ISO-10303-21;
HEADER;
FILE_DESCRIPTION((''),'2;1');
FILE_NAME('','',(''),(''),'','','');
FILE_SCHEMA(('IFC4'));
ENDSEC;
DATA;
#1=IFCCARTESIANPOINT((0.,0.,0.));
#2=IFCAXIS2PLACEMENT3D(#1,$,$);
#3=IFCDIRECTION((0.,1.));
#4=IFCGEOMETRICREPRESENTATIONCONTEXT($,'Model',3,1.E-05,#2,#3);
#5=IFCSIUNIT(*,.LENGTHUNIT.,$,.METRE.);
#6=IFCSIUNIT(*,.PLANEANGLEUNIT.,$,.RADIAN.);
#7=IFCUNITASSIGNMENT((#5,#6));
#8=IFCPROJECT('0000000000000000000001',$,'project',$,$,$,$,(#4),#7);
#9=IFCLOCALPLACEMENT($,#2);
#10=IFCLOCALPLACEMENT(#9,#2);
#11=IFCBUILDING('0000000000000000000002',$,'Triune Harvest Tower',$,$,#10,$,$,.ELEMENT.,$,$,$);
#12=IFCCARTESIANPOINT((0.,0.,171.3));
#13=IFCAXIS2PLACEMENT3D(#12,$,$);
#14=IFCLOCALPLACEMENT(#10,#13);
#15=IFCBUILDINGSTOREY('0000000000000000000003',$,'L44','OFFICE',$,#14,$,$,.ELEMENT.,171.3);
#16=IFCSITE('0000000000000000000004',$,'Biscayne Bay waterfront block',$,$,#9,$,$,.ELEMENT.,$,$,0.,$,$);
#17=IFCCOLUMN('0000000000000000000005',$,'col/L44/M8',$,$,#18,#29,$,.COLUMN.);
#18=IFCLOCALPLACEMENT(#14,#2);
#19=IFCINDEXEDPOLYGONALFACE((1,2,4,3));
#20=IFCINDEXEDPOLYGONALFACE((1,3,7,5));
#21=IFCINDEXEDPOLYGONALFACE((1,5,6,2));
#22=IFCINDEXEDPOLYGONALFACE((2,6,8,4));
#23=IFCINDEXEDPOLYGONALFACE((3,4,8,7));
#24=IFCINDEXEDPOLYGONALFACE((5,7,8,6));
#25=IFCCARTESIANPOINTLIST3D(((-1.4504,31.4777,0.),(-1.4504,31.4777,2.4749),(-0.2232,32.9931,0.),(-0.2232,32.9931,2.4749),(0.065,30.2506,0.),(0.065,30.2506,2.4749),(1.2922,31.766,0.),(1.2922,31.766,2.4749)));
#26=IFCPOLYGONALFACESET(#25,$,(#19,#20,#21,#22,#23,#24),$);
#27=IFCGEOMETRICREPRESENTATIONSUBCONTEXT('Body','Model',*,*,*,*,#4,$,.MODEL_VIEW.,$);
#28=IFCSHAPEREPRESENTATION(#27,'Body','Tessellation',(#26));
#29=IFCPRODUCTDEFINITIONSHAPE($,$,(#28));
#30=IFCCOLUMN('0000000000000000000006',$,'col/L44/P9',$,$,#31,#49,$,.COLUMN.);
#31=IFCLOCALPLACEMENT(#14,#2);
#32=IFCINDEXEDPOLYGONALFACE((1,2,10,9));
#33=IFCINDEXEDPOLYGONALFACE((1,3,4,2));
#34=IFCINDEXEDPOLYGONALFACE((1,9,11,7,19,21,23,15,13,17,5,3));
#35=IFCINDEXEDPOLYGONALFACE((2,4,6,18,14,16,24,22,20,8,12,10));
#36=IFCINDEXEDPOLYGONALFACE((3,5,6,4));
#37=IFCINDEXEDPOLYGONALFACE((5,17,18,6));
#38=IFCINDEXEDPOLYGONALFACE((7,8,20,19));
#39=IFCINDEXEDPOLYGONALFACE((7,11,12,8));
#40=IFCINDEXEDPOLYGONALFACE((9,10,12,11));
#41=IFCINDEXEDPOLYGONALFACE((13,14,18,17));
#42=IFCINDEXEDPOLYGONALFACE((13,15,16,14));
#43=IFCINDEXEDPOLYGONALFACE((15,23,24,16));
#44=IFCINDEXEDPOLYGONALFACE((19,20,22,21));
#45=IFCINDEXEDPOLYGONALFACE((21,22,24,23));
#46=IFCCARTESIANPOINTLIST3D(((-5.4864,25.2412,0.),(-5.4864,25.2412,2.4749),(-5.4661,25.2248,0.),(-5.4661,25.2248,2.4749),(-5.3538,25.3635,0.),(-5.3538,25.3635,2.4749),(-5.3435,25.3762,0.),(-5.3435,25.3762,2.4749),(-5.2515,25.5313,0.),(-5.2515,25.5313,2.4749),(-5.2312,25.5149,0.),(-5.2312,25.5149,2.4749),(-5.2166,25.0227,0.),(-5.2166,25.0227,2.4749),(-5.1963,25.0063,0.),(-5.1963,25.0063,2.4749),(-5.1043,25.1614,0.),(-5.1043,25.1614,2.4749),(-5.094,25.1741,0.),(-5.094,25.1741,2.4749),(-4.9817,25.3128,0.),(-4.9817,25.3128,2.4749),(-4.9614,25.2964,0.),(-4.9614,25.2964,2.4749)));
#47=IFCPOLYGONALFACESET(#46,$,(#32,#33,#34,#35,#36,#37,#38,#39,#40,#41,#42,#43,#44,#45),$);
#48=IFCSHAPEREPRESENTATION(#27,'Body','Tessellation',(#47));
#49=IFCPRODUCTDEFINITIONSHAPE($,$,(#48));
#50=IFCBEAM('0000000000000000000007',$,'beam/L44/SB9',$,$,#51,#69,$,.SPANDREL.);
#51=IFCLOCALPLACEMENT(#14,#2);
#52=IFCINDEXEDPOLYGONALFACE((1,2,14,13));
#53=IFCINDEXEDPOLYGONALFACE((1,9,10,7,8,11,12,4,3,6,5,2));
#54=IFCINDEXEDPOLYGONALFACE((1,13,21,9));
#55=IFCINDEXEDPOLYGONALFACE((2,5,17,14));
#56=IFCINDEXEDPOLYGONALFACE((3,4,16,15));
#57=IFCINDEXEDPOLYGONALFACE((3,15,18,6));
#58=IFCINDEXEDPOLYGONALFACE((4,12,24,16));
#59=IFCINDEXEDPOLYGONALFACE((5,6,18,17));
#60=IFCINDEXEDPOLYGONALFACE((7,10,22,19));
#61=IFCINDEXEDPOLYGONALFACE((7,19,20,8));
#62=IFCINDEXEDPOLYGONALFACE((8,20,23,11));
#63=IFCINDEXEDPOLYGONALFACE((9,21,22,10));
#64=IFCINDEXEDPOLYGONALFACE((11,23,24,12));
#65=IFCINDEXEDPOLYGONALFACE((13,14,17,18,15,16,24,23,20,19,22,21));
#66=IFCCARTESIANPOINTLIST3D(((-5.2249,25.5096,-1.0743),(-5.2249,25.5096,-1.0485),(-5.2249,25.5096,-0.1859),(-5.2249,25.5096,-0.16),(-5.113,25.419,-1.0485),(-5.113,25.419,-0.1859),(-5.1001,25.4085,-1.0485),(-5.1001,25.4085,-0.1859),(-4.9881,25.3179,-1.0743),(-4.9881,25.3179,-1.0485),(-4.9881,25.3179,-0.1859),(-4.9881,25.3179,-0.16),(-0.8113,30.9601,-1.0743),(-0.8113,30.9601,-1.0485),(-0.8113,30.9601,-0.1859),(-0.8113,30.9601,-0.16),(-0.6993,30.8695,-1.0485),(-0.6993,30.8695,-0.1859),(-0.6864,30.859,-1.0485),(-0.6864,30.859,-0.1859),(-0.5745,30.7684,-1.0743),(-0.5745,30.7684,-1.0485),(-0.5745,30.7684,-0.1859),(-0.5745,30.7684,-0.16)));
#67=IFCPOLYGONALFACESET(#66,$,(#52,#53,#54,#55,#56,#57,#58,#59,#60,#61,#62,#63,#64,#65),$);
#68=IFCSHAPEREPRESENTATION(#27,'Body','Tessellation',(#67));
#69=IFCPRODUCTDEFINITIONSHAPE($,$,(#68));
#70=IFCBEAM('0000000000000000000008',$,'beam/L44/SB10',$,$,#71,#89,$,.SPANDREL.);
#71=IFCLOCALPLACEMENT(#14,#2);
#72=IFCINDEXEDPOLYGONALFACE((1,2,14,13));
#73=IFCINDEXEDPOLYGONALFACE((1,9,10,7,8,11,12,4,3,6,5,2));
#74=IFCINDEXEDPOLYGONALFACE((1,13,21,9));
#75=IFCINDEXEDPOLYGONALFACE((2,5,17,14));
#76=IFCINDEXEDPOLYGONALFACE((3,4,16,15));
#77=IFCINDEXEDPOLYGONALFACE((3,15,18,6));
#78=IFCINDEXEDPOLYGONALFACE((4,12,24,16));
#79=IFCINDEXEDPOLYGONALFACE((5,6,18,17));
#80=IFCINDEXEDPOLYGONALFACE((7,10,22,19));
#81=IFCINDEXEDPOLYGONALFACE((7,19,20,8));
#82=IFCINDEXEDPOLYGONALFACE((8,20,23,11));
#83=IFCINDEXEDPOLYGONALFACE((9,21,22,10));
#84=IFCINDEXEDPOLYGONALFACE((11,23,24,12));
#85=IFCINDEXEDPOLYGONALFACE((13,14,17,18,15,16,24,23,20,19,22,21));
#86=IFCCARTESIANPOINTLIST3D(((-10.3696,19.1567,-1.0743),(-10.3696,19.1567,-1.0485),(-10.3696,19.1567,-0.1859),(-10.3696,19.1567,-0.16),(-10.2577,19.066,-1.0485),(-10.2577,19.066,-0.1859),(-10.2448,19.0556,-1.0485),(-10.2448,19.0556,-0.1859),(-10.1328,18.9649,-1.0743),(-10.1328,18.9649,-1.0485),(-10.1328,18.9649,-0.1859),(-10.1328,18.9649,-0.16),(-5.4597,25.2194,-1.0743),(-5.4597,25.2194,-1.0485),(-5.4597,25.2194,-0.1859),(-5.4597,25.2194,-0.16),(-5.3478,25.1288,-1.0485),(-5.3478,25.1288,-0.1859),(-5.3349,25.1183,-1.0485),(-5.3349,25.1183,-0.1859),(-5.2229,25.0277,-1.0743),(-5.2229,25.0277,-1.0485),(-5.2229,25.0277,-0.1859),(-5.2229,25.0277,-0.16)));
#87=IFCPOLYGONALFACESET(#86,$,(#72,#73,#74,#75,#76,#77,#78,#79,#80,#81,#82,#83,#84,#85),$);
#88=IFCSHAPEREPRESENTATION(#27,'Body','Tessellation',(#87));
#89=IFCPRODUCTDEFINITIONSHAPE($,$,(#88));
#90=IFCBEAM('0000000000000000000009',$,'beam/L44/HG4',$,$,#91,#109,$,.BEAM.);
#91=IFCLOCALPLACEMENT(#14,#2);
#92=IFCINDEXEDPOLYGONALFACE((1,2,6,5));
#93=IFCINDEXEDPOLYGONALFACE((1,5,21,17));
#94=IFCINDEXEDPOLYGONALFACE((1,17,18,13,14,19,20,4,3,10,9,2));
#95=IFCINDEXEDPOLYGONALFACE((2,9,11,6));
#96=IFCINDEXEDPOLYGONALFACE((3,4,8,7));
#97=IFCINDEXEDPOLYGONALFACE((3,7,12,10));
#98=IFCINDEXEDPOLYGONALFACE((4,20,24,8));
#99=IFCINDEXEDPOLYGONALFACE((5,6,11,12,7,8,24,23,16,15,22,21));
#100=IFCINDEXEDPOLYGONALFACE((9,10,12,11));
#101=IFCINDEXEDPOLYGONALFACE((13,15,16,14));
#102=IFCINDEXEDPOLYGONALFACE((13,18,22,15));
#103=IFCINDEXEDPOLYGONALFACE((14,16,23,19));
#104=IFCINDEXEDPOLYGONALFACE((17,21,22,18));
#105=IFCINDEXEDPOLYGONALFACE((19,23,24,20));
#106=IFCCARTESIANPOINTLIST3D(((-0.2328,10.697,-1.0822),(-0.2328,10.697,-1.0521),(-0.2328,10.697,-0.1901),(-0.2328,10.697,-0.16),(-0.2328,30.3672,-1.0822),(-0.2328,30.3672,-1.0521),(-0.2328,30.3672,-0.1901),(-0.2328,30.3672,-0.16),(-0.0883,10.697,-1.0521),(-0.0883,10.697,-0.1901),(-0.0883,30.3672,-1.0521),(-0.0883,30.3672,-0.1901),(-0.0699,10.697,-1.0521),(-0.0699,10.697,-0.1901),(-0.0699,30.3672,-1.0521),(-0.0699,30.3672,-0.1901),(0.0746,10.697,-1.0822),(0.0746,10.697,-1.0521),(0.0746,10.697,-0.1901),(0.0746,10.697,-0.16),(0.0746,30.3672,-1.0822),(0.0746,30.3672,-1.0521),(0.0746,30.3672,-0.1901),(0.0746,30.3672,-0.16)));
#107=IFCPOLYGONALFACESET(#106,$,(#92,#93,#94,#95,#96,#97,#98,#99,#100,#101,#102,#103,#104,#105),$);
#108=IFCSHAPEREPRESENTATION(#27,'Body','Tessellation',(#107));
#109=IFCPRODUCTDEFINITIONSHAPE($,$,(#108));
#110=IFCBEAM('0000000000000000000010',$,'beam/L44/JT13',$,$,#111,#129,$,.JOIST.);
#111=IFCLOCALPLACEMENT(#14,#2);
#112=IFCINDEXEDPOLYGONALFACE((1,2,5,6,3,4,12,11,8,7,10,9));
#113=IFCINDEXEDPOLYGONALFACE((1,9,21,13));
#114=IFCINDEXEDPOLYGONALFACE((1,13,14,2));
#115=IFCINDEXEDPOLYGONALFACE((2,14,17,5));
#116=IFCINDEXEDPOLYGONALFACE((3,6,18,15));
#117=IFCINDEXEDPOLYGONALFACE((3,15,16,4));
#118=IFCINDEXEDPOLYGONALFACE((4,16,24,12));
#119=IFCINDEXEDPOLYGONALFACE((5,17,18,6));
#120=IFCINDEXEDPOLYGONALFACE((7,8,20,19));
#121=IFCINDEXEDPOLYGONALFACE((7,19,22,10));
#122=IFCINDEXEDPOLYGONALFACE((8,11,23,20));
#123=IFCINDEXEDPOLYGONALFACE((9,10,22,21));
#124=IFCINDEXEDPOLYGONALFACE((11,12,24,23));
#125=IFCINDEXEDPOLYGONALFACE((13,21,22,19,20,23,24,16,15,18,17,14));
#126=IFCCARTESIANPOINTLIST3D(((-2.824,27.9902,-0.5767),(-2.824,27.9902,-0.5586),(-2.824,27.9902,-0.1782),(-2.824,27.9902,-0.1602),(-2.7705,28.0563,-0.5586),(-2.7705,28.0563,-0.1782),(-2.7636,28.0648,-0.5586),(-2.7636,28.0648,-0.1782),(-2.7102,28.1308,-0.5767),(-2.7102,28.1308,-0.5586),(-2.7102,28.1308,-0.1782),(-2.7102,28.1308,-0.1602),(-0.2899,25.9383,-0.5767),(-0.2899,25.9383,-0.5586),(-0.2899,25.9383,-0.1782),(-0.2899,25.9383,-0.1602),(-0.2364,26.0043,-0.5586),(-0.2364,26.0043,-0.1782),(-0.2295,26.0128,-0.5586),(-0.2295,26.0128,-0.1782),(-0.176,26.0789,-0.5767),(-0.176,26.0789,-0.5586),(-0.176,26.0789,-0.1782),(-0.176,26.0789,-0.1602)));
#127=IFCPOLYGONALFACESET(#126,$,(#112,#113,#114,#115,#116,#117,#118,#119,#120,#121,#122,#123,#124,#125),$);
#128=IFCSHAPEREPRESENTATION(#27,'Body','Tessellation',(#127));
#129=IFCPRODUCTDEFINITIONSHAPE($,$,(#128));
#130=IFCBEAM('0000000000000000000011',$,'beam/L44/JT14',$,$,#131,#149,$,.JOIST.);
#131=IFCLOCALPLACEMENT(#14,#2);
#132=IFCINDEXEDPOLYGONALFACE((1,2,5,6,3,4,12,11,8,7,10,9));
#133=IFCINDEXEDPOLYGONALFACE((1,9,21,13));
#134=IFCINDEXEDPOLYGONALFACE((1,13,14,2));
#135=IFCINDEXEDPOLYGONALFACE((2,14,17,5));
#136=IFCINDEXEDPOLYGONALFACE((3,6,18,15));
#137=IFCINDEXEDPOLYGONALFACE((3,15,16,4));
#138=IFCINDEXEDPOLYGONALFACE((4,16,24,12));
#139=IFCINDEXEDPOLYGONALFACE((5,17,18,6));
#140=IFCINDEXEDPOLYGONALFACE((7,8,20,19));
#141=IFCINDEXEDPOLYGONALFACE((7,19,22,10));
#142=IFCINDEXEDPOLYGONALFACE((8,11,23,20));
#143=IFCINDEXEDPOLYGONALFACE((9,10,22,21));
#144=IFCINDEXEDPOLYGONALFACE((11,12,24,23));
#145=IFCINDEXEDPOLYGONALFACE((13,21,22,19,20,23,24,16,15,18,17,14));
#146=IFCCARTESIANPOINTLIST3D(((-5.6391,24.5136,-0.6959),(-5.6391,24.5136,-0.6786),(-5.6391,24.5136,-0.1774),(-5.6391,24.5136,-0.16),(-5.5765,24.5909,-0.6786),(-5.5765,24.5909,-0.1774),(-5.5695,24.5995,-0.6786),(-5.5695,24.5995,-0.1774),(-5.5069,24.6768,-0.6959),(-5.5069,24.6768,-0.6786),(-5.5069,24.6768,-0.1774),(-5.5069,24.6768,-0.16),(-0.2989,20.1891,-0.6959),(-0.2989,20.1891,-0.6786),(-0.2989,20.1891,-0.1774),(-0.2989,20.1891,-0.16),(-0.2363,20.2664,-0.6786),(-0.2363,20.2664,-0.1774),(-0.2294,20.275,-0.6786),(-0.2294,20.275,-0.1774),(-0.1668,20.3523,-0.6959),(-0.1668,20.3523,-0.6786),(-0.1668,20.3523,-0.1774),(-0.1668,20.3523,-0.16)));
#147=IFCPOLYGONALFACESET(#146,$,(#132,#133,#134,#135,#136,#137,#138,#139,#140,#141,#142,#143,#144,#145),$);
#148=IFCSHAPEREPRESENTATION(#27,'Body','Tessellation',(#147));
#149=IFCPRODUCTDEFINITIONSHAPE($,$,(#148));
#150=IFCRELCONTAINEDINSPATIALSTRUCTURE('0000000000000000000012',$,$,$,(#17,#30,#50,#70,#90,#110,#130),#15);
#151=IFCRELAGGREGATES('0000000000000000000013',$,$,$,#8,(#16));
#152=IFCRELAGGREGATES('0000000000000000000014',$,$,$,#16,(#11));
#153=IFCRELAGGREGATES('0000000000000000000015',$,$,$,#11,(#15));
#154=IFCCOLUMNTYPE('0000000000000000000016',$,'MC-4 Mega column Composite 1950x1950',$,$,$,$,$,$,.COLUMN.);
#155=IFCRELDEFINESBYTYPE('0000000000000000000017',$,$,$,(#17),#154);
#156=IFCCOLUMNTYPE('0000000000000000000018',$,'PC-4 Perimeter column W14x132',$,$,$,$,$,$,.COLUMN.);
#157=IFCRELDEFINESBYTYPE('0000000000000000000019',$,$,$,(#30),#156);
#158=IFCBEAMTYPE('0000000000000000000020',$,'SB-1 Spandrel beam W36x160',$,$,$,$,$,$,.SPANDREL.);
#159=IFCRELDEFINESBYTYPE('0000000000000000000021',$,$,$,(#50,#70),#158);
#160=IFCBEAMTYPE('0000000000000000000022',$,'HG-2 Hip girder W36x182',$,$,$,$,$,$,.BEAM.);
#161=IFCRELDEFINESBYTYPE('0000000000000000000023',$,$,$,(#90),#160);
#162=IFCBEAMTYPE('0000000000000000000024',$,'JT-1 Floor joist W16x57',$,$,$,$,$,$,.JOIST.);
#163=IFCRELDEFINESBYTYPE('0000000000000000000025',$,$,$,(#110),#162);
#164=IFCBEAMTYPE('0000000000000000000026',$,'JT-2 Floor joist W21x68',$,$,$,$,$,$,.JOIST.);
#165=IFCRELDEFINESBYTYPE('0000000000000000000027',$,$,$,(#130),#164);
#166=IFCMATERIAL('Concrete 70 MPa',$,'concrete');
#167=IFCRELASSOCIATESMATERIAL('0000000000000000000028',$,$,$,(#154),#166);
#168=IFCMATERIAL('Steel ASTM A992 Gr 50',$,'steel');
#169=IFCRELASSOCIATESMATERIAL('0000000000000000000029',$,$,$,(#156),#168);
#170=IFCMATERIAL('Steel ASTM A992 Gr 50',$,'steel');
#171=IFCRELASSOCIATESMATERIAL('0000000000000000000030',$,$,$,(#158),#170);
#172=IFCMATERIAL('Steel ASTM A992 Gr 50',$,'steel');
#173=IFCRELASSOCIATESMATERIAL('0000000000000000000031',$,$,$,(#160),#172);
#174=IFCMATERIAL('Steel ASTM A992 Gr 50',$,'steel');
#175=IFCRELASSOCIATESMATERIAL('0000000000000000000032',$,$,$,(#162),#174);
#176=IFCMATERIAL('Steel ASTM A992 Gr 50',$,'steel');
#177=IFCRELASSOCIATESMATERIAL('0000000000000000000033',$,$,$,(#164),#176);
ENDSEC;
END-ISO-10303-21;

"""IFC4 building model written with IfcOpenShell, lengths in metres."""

from ifc_helpers import new_model, si_unit, direction, frame, origin, origin_2d, place, context, subcontext, project, spatial, rectangle, i_section, extrude, source, transform, mapped, material, material_profile, profile_set, type_object, element, save


model = new_model("IFC4")

# Units and contexts
model_context = context("Model", 3, precision=1e-05, world=origin(), true_north=direction((0.0, 1.0)))
body_context = subcontext(model_context, "Body", "Model", "MODEL_VIEW")
ifc_project = project(units=[si_unit("LENGTHUNIT", "METRE"), si_unit("PLANEANGLEUNIT", "RADIAN")], contexts=[model_context])

# Site, building, storey
site_placement = place(None, origin())
site = spatial("IfcSite", under=ifc_project, at=site_placement, Name="Biscayne Bay waterfront block", CompositionType="ELEMENT", RefElevation=0.0)
building_placement = place(site_placement, origin())
building = spatial("IfcBuilding", under=site, at=building_placement, Name="Triune Harvest Tower", CompositionType="ELEMENT")
storey_placement = place(building_placement, frame((0.0, 0.0, 171.3)))
storey = spatial("IfcBuildingStorey", under=building, at=storey_placement, Name="L44", Description="OFFICE", CompositionType="ELEMENT", Elevation=171.3)

# Columns
ifc_material_1 = material(Name="Concrete 70 MPa", Category="concrete")
ifc_material_profile_1 = material_profile(ifc_material_1, rectangle(XDim=1.95, YDim=1.95, at=origin_2d()), Name="Composite 1950x1950")
ifc_profile_set_1 = profile_set([ifc_material_profile_1], Name="Concrete 70 MPa")
column_type_1 = type_object("IfcColumnType", Name="MC-4 Mega column Composite 1950x1950", PredefinedType="COLUMN", material=ifc_profile_set_1)
shared_shape_1 = source(origin(), body_context, "Body", "SweptSolid", [
    extrude(rectangle(XDim=1.95, YDim=1.95, at=origin_2d()), origin(), (0.0, 0.0, 1.0), 2.4749),
])
column_1_placement = place(storey_placement, frame((-0.0791, 31.6218, 0.0), z_axis=(0.0, 0.0, 1.0), x_axis=(-0.629322, -0.777145, 0.0)))
element("IfcColumn", 1, at=column_1_placement, inside=storey, type_object=column_type_1, Name="col/L44/M8", PredefinedType="COLUMN", context=body_context, shape_type="MappedRepresentation", body=[
    mapped(shared_shape_1, transform((0.0, 0.0, 0.0), scale=1.0)),
])
ifc_material_2 = material(Name="Steel ASTM A992 Gr 50", Category="steel")
ifc_material_profile_2 = material_profile(ifc_material_2, i_section(OverallWidth=0.3733, OverallDepth=0.3733, WebThickness=0.0164, FlangeThickness=0.0261, at=origin_2d()), Name="W14x132")
ifc_profile_set_2 = profile_set([ifc_material_profile_2], Name="Steel ASTM A992 Gr 50")
column_type_2 = type_object("IfcColumnType", Name="PC-4 Perimeter column W14x132", PredefinedType="COLUMN", material=ifc_profile_set_2)
shared_shape_2 = source(origin(), body_context, "Body", "SweptSolid", [
    extrude(i_section(OverallWidth=0.3733, OverallDepth=0.3733, WebThickness=0.0164, FlangeThickness=0.0261, at=origin_2d()), origin(), (0.0, 0.0, 1.0), 2.4749),
])
column_2_placement = place(storey_placement, frame((-5.2239, 25.2688, 0.0), z_axis=(0.0, 0.0, 1.0), x_axis=(-0.629322, -0.777145, 0.0)))
element("IfcColumn", 2, at=column_2_placement, inside=storey, type_object=column_type_2, Name="col/L44/P9", PredefinedType="COLUMN", context=body_context, shape_type="MappedRepresentation", body=[
    mapped(shared_shape_2, transform((0.0, 0.0, 0.0), scale=1.0)),
])

# Beams
ifc_material_3 = material(Name="Steel ASTM A992 Gr 50", Category="steel")
ifc_material_profile_3 = material_profile(ifc_material_3, i_section(OverallWidth=0.3047, OverallDepth=0.9143, WebThickness=0.0166, FlangeThickness=0.0259, at=origin_2d()), Name="W36x160")
ifc_profile_set_3 = profile_set([ifc_material_profile_3], Name="Steel ASTM A992 Gr 50")
beam_type_1 = type_object("IfcBeamType", Name="SB-1 Spandrel beam W36x160", PredefinedType="SPANDREL", material=ifc_profile_set_3)
shared_shape_3 = source(origin(), body_context, "Body", "SweptSolid", [
    extrude(i_section(OverallWidth=0.3047, OverallDepth=0.9143, WebThickness=0.0166, FlangeThickness=0.0259, at=origin_2d()), origin(), (0.0, 0.0, 1.0), 7.0134),
])
beam_1_placement = place(storey_placement, frame((-0.6929, 30.8643, -0.6172), z_axis=(-0.629311, -0.777153, 0.0), x_axis=(0.777153, -0.629311, 0.0)))
element("IfcBeam", 3, at=beam_1_placement, inside=storey, type_object=beam_type_1, Name="beam/L44/SB9", PredefinedType="SPANDREL", context=body_context, shape_type="MappedRepresentation", body=[
    mapped(shared_shape_3, transform((0.0, 0.0, 0.0), scale=1.0)),
])
shared_shape_4 = source(origin(), body_context, "Body", "SweptSolid", [
    extrude(i_section(OverallWidth=0.3047, OverallDepth=0.9143, WebThickness=0.0166, FlangeThickness=0.0259, at=origin_2d()), origin(), (0.0, 0.0, 1.0), 7.8015),
])
beam_2_placement = place(storey_placement, frame((-5.3413, 25.1235, -0.6172), z_axis=(-0.629351, -0.777121, 0.0), x_axis=(0.777121, -0.629351, 0.0)))
element("IfcBeam", 4, at=beam_2_placement, inside=storey, type_object=beam_type_1, Name="beam/L44/SB10", PredefinedType="SPANDREL", context=body_context, shape_type="MappedRepresentation", body=[
    mapped(shared_shape_4, transform((0.0, 0.0, 0.0), scale=1.0)),
])
ifc_material_4 = material(Name="Steel ASTM A992 Gr 50", Category="steel")
ifc_material_profile_4 = material_profile(ifc_material_4, i_section(OverallWidth=0.3074, OverallDepth=0.9221, WebThickness=0.0183, FlangeThickness=0.03, at=origin_2d()), Name="W36x182")
ifc_profile_set_4 = profile_set([ifc_material_profile_4], Name="Steel ASTM A992 Gr 50")
beam_type_2 = type_object("IfcBeamType", Name="HG-2 Hip girder W36x182", PredefinedType="BEAM", material=ifc_profile_set_4)
shared_shape_5 = source(origin(), body_context, "Body", "SweptSolid", [
    extrude(i_section(OverallWidth=0.3074, OverallDepth=0.9221, WebThickness=0.0183, FlangeThickness=0.03, at=origin_2d()), origin(), (0.0, 0.0, 1.0), 19.6702),
])
beam_3_placement = place(storey_placement, frame((-0.0791, 30.3672, -0.6211), z_axis=(0.0, -1.0, 0.0), x_axis=(1.0, 0.0, 0.0)))
element("IfcBeam", 5, at=beam_3_placement, inside=storey, type_object=beam_type_2, Name="beam/L44/HG4", PredefinedType="BEAM", context=body_context, shape_type="MappedRepresentation", body=[
    mapped(shared_shape_5, transform((0.0, 0.0, 0.0), scale=1.0)),
])
ifc_material_5 = material(Name="Steel ASTM A992 Gr 50", Category="steel")
ifc_material_profile_5 = material_profile(ifc_material_5, i_section(OverallWidth=0.1809, OverallDepth=0.4165, WebThickness=0.011, FlangeThickness=0.0181, at=origin_2d()), Name="W16x57")
ifc_profile_set_5 = profile_set([ifc_material_profile_5], Name="Steel ASTM A992 Gr 50")
beam_type_3 = type_object("IfcBeamType", Name="JT-1 Floor joist W16x57", PredefinedType="JOIST", material=ifc_profile_set_5)
shared_shape_6 = source(origin(), body_context, "Body", "SweptSolid", [
    extrude(i_section(OverallWidth=0.1809, OverallDepth=0.4165, WebThickness=0.011, FlangeThickness=0.0181, at=origin_2d()), origin(), (0.0, 0.0, 1.0), 3.2607),
])
beam_4_placement = place(storey_placement, frame((-2.7671, 28.0605, -0.3684), z_axis=(0.777166, -0.629295, 0.0), x_axis=(0.629295, 0.777166, 0.0)))
element("IfcBeam", 6, at=beam_4_placement, inside=storey, type_object=beam_type_3, Name="beam/L44/JT13", PredefinedType="JOIST", context=body_context, shape_type="MappedRepresentation", body=[
    mapped(shared_shape_6, transform((0.0, 0.0, 0.0), scale=1.0)),
])
ifc_material_6 = material(Name="Steel ASTM A992 Gr 50", Category="steel")
ifc_material_profile_6 = material_profile(ifc_material_6, i_section(OverallWidth=0.21, OverallDepth=0.5359, WebThickness=0.011, FlangeThickness=0.0173, at=origin_2d()), Name="W21x68")
ifc_profile_set_6 = profile_set([ifc_material_profile_6], Name="Steel ASTM A992 Gr 50")
beam_type_4 = type_object("IfcBeamType", Name="JT-2 Floor joist W21x68", PredefinedType="JOIST", material=ifc_profile_set_6)
shared_shape_7 = source(origin(), body_context, "Body", "SweptSolid", [
    extrude(i_section(OverallWidth=0.21, OverallDepth=0.5359, WebThickness=0.011, FlangeThickness=0.0173, at=origin_2d()), origin(), (0.0, 0.0, 1.0), 6.8716),
])
beam_5_placement = place(storey_placement, frame((-5.573, 24.5952, -0.428), z_axis=(0.777136, -0.629333, 0.0), x_axis=(0.629333, 0.777136, 0.0)))
element("IfcBeam", 7, at=beam_5_placement, inside=storey, type_object=beam_type_4, Name="beam/L44/JT14", PredefinedType="JOIST", context=body_context, shape_type="MappedRepresentation", body=[
    mapped(shared_shape_7, transform((0.0, 0.0, 0.0), scale=1.0)),
])

save(model, "model.ifc")
